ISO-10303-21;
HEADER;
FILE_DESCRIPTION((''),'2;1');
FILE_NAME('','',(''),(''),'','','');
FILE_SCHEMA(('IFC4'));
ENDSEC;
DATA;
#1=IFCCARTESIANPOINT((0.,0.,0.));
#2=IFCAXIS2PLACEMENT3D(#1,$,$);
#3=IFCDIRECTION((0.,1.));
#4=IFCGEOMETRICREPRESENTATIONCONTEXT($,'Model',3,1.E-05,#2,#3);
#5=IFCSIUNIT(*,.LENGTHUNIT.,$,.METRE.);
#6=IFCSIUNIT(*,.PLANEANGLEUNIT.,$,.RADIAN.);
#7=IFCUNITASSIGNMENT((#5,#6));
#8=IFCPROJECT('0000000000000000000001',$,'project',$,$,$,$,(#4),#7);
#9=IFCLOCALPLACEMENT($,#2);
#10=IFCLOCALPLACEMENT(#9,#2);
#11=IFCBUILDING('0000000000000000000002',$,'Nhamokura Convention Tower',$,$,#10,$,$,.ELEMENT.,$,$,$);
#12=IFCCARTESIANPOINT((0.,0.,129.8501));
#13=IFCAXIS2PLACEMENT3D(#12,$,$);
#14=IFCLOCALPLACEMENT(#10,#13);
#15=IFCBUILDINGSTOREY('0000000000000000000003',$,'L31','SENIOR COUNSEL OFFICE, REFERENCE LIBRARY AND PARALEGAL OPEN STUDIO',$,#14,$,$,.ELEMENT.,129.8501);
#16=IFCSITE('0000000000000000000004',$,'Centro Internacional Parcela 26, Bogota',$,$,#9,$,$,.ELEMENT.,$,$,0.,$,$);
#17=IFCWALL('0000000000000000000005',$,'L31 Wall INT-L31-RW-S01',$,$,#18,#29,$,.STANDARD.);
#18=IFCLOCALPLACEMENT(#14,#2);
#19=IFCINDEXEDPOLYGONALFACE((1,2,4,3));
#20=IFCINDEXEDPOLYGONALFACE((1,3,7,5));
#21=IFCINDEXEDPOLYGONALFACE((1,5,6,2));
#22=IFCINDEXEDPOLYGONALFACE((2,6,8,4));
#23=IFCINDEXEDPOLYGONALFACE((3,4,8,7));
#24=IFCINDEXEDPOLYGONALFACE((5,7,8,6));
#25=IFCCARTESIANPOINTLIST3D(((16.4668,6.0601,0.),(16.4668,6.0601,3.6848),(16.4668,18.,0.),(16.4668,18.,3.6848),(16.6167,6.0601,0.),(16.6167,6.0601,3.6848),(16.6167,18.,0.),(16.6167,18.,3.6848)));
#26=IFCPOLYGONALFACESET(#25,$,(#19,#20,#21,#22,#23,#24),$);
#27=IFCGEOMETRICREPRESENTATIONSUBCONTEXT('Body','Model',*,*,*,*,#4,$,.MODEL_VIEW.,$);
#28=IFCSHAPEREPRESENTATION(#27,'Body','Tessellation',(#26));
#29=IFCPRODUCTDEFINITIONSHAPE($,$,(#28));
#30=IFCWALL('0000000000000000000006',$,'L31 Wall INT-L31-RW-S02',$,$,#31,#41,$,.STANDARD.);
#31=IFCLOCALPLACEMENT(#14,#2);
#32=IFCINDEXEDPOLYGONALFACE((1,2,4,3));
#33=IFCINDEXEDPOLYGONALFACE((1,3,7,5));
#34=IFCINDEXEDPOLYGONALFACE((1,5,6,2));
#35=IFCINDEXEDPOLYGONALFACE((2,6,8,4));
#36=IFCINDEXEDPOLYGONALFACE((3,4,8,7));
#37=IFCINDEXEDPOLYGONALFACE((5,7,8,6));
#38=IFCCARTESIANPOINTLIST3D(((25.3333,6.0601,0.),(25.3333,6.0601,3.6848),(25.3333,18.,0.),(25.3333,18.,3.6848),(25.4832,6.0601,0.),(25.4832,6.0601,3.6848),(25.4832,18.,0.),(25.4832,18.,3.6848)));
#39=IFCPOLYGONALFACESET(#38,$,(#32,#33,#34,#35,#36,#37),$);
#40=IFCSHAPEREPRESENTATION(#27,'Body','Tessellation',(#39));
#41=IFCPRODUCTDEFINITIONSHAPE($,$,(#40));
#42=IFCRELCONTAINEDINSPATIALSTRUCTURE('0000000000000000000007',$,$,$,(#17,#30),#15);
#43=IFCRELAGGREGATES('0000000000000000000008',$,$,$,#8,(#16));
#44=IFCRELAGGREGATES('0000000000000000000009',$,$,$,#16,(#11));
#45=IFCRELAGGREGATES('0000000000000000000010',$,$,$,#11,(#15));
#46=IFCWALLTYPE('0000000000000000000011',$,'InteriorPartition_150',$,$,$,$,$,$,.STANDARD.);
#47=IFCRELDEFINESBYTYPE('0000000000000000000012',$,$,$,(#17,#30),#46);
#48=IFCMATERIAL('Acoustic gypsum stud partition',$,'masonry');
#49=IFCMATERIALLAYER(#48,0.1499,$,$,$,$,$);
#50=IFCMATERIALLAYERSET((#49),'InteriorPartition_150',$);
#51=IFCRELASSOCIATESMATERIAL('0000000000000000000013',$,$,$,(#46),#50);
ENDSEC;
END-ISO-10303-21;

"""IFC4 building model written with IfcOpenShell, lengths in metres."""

from ifc_helpers import new_model, si_unit, direction, frame, frame_2d, origin, place, context, subcontext, project, spatial, rectangle, extrude, material, layer, layer_set, type_object, element, save


model = new_model("IFC4")

# Units and contexts
model_context = context("Model", 3, precision=1e-05, world=origin(), true_north=direction((0.0, 1.0)))
body_context = subcontext(model_context, "Body", "Model", "MODEL_VIEW")
ifc_project = project(units=[si_unit("LENGTHUNIT", "METRE"), si_unit("PLANEANGLEUNIT", "RADIAN")], contexts=[model_context])

# Site, building, storey
site_placement = place(None, origin())
site = spatial("IfcSite", under=ifc_project, at=site_placement, Name="Centro Internacional Parcela 26, Bogota", CompositionType="ELEMENT", RefElevation=0.0)
building_placement = place(site_placement, origin())
building = spatial("IfcBuilding", under=site, at=building_placement, Name="Nhamokura Convention Tower", CompositionType="ELEMENT")
storey_placement = place(building_placement, frame((0.0, 0.0, 129.8501)))
storey = spatial("IfcBuildingStorey", under=building, at=storey_placement, Name="L31", Description="SENIOR COUNSEL OFFICE, REFERENCE LIBRARY AND PARALEGAL OPEN STUDIO", CompositionType="ELEMENT", Elevation=129.8501)

# Walls
ifc_material_1 = material(Name="Acoustic gypsum stud partition", Category="masonry")
ifc_layer_1 = layer(ifc_material_1, 0.1499)
ifc_layer_set_1 = layer_set([ifc_layer_1], Name="InteriorPartition_150")
wall_type_1 = type_object("IfcWallType", Name="InteriorPartition_150", PredefinedType="STANDARD", material=ifc_layer_set_1)
for number, where, z_axis, x_axis, name in (
    (1, (16.5417, 6.0601, 0.0), (0.0, 0.0, 1.0), (0.0, 1.0, 0.0), "L31 Wall INT-L31-RW-S01"),
    (2, (25.4082, 6.0601, 0.0), (0.0, 0.0, 1.0), (0.0, 1.0, 0.0), "L31 Wall INT-L31-RW-S02"),
):
    element("IfcWall", number, at=place(storey_placement, frame(where, z_axis=z_axis, x_axis=x_axis)), inside=storey, type_object=wall_type_1, Name=name, PredefinedType="STANDARD", context=body_context, shape_type="SweptSolid", body=[
        extrude(rectangle(XDim=11.9399, YDim=0.1499, at=frame_2d((5.97, 0.0))), origin(), (0.0, 0.0, 1.0), 3.6848),
    ])

save(model, "model.ifc")
